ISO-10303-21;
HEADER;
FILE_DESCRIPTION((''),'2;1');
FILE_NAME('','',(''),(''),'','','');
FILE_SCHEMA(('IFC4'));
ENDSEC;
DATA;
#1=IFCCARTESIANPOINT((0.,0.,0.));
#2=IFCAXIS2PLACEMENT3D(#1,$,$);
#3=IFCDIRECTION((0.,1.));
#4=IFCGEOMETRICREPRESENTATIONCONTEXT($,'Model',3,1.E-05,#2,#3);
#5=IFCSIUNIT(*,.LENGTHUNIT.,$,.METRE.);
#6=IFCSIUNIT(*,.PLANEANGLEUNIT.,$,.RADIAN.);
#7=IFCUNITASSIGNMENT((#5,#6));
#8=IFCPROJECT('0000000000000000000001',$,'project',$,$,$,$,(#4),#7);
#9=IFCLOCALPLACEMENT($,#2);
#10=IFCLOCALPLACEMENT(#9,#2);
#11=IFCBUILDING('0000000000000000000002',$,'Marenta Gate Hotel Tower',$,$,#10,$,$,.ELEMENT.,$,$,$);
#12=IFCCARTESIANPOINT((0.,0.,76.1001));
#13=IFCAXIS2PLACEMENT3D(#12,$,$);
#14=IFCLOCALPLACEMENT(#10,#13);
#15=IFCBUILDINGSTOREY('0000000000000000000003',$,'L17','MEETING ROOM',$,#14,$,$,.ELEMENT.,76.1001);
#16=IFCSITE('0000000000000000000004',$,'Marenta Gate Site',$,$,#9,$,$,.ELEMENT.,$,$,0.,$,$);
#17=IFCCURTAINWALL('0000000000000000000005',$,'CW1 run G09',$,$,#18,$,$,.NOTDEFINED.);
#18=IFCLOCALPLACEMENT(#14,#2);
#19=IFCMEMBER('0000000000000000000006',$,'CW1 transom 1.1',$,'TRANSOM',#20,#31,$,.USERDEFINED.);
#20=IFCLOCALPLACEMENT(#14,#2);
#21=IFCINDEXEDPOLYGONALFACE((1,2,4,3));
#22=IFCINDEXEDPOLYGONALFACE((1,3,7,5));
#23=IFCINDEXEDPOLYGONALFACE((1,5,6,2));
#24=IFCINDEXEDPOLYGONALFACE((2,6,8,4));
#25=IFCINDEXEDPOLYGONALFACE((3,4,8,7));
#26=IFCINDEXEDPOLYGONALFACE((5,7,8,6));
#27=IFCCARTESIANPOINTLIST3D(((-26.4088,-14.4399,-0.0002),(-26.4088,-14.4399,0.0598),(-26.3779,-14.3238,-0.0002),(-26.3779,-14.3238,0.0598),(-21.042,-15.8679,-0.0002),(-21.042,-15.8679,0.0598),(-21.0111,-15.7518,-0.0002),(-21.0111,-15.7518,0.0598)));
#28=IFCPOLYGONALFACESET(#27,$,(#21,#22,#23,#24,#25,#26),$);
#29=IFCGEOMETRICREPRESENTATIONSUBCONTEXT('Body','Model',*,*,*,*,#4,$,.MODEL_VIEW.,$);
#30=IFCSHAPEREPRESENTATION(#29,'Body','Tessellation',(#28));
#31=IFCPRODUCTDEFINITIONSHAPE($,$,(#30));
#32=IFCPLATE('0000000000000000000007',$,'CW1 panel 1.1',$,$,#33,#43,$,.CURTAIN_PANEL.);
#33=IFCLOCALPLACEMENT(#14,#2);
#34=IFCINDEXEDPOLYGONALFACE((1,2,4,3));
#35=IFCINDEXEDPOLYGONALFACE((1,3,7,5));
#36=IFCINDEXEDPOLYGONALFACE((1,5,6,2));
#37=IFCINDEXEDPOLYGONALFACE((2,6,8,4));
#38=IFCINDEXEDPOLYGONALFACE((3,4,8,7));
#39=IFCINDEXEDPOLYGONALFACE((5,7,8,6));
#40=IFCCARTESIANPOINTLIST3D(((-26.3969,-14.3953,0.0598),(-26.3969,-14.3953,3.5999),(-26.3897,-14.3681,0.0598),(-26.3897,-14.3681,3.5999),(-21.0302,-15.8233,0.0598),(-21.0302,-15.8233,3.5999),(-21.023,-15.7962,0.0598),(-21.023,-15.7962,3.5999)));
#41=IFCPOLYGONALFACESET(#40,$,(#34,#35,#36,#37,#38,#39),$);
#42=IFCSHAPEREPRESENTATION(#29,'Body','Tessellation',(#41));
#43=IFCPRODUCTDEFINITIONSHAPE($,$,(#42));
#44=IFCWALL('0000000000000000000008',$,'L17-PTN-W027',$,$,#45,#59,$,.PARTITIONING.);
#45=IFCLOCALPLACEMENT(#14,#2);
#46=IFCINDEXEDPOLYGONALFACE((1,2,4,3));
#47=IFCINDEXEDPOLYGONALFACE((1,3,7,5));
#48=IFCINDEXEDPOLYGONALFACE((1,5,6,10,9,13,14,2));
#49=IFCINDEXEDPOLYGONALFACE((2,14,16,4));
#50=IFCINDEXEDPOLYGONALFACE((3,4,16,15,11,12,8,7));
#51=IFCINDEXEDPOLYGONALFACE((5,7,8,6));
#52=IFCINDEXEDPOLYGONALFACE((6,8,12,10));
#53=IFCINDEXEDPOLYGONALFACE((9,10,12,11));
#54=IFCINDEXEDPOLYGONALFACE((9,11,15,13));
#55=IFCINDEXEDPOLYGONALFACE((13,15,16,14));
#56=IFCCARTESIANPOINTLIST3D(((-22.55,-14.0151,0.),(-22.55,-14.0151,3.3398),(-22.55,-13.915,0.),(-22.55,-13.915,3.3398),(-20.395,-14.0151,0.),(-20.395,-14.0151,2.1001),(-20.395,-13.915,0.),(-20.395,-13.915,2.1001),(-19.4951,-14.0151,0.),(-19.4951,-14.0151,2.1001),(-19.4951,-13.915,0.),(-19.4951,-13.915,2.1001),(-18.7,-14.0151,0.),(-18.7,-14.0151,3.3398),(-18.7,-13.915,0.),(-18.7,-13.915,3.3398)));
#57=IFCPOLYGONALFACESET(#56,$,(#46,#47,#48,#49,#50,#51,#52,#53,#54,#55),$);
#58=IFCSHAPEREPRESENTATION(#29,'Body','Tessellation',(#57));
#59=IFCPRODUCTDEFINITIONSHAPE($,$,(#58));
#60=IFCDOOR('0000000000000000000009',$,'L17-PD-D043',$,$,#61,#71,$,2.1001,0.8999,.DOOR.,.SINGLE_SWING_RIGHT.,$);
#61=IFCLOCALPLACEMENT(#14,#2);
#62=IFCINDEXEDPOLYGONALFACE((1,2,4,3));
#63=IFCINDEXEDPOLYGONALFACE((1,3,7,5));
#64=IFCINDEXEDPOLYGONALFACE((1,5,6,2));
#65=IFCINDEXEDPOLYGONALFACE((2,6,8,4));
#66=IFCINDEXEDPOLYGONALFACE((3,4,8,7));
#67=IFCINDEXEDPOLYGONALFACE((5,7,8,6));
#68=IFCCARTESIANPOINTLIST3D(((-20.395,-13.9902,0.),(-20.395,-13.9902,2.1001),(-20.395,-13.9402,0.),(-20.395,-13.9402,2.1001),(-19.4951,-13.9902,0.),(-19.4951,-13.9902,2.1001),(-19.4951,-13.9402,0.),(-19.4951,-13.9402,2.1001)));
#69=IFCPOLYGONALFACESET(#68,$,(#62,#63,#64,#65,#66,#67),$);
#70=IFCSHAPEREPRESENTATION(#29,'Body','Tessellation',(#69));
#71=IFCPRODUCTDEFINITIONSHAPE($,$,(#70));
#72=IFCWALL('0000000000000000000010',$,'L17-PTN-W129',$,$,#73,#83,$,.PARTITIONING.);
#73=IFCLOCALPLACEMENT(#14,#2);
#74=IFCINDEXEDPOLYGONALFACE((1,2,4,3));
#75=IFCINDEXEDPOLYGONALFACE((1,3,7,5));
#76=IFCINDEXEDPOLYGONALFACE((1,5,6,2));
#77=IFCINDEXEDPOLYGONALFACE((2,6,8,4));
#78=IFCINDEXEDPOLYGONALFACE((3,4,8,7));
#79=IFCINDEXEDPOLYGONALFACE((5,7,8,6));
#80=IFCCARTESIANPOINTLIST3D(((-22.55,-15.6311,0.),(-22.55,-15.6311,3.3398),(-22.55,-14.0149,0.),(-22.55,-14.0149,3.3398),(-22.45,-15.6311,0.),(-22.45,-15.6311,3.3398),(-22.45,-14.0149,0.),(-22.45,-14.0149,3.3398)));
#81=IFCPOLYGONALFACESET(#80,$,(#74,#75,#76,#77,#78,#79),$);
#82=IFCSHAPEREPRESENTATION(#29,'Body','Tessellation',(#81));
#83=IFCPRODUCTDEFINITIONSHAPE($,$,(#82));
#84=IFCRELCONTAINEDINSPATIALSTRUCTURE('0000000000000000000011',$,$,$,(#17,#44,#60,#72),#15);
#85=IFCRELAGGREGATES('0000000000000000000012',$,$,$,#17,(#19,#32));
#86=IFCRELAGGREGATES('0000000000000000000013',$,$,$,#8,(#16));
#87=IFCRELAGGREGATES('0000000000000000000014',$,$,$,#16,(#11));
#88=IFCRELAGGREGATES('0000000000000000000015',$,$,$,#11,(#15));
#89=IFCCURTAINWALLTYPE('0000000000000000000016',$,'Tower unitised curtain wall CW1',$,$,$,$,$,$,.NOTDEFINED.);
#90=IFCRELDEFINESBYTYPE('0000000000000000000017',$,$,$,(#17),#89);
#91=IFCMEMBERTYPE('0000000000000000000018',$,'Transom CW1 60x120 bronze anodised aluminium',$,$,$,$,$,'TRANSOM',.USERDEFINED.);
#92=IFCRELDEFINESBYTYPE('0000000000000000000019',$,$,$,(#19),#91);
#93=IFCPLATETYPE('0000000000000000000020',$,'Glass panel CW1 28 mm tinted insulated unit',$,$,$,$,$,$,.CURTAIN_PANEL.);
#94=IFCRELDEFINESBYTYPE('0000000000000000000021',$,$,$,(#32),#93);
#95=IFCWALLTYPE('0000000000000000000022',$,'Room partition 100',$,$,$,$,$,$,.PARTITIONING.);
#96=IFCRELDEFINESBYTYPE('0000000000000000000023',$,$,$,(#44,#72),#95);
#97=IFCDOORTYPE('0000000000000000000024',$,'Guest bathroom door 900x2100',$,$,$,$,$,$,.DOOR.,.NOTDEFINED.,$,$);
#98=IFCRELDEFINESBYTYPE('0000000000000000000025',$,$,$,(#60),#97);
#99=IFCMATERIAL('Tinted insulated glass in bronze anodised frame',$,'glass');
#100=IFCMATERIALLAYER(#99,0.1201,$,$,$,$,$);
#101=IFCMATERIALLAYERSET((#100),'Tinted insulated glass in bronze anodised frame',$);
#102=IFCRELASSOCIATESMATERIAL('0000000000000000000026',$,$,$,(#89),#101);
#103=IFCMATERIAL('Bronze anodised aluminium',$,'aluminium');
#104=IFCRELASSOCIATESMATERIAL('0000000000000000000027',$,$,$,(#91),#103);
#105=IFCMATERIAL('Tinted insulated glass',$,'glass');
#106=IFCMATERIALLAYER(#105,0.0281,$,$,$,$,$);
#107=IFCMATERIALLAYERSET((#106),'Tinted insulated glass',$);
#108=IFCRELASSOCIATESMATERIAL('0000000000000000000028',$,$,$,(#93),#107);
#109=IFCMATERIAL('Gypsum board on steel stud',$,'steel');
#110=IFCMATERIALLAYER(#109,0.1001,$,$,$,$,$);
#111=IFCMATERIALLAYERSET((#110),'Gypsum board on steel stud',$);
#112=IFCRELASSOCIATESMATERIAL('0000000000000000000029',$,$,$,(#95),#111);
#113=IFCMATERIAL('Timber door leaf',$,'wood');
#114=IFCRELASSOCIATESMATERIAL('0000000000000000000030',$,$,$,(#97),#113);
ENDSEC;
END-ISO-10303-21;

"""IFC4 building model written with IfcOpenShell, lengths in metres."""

from ifc_helpers import new_model, si_unit, direction, frame, frame_2d, origin, origin_2d, place, context, subcontext, project, spatial, rectangle, extrude, material, layer, layer_set, material_profile, profile_set, type_object, element, fill, aggregate, save


model = new_model("IFC4")

# Units and contexts
model_context = context("Model", 3, precision=1e-05, world=origin(), true_north=direction((0.0, 1.0)))
body_context = subcontext(model_context, "Body", "Model", "MODEL_VIEW")
ifc_project = project(units=[si_unit("LENGTHUNIT", "METRE"), si_unit("PLANEANGLEUNIT", "RADIAN")], contexts=[model_context])

# Site, building, storey
site_placement = place(None, origin())
site = spatial("IfcSite", under=ifc_project, at=site_placement, Name="Marenta Gate Site", CompositionType="ELEMENT", RefElevation=0.0)
building_placement = place(site_placement, origin())
building = spatial("IfcBuilding", under=site, at=building_placement, Name="Marenta Gate Hotel Tower", CompositionType="ELEMENT")
storey_placement = place(building_placement, frame((0.0, 0.0, 76.1001)))
storey = spatial("IfcBuildingStorey", under=building, at=storey_placement, Name="L17", Description="MEETING ROOM", CompositionType="ELEMENT", Elevation=76.1001)

# Curtain wall, member, plate
ifc_material_1 = material(Name="Tinted insulated glass in bronze anodised frame", Category="glass")
ifc_layer_1 = layer(ifc_material_1, 0.1201)
ifc_layer_set_1 = layer_set([ifc_layer_1], Name="Tinted insulated glass in bronze anodised frame")
curtain_wall_type = type_object("IfcCurtainWallType", Name="Tower unitised curtain wall CW1", PredefinedType="NOTDEFINED", material=ifc_layer_set_1)
curtain_wall_placement = place(storey_placement, origin())
curtain_wall = element("IfcCurtainWall", 1, at=curtain_wall_placement, inside=storey, type_object=curtain_wall_type, Name="CW1 run G09", PredefinedType="NOTDEFINED")
ifc_material_2 = material(Name="Bronze anodised aluminium", Category="aluminium")
ifc_material_profile_1 = material_profile(ifc_material_2, rectangle(XDim=0.1201, YDim=0.0601, at=origin_2d()), Name="Transom CW1 60x120 bronze anodised aluminium")
ifc_profile_set_1 = profile_set([ifc_material_profile_1], Name="Bronze anodised aluminium")
member_type_1 = type_object("IfcMemberType", Name="Transom CW1 60x120 bronze anodised aluminium", ElementType="TRANSOM", PredefinedType="USERDEFINED", material=ifc_profile_set_1)
member_1_placement = place(storey_placement, frame((-26.3933, -14.3818, 0.0298), z_axis=(0.966376, -0.257135, 0.0), x_axis=(0.257135, 0.966376, 0.0)))
member_1 = element("IfcMember", 2, at=member_1_placement, type_object=member_type_1, Name="CW1 transom 1.1", ObjectType="TRANSOM", PredefinedType="USERDEFINED", context=body_context, shape_type="SweptSolid", body=[
    extrude(rectangle(XDim=0.1201, YDim=0.0601, at=origin_2d()), origin(), (0.0, 0.0, 1.0), 5.5535),
])
ifc_material_3 = material(Name="Tinted insulated glass", Category="glass")
ifc_layer_2 = layer(ifc_material_3, 0.0281)
ifc_layer_set_2 = layer_set([ifc_layer_2], Name="Tinted insulated glass")
plate_type = type_object("IfcPlateType", Name="Glass panel CW1 28 mm tinted insulated unit", PredefinedType="CURTAIN_PANEL", material=ifc_layer_set_2)
plate_placement = place(storey_placement, frame((-23.71, -15.0957, 0.0598), z_axis=(0.0, 0.0, 1.0), x_axis=(0.966374, -0.257142, 0.0)))
plate = element("IfcPlate", 3, at=plate_placement, type_object=plate_type, Name="CW1 panel 1.1", PredefinedType="CURTAIN_PANEL", context=body_context, shape_type="SweptSolid", body=[
    extrude(rectangle(XDim=5.5535, YDim=0.0281, at=origin_2d()), origin(), (0.0, 0.0, 1.0), 3.54),
])
aggregate(curtain_wall, [member_1, plate])

# Wall, opening, door
ifc_material_4 = material(Name="Gypsum board on steel stud", Category="steel")
ifc_layer_3 = layer(ifc_material_4, 0.1001)
ifc_layer_set_3 = layer_set([ifc_layer_3], Name="Gypsum board on steel stud")
wall_type = type_object("IfcWallType", Name="Room partition 100", PredefinedType="PARTITIONING", material=ifc_layer_set_3)
wall_1_placement = place(storey_placement, frame((-22.55, -13.9651, 0.0), z_axis=(0.0, 0.0, 1.0), x_axis=(1.0, 0.0, 0.0)))
wall_1 = element("IfcWall", 4, at=wall_1_placement, inside=storey, type_object=wall_type, Name="L17-PTN-W027", PredefinedType="PARTITIONING", context=body_context, shape_type="SweptSolid", body=[
    extrude(rectangle(XDim=3.8501, YDim=0.1001, at=frame_2d((1.925, 0.0))), origin(), (0.0, 0.0, 1.0), 3.3398),
])
opening_placement = place(wall_1_placement, frame((2.155, 0.0, 0.0)))
opening = element("IfcOpeningElement", 5, at=opening_placement, cuts=wall_1, PredefinedType="OPENING", context=body_context, shape_type="SweptSolid", body=[
    extrude(rectangle(XDim=0.8999, YDim=2.1001, at=frame_2d((0.45, 1.05))), frame((0.0, 0.05, 0.0), z_axis=(0.0, -1.0, 0.0), x_axis=(1.0, 0.0, 0.0)), (0.0, 0.0, 1.0), 0.1001),
])
ifc_material_5 = material(Name="Timber door leaf", Category="wood")
door_type = type_object("IfcDoorType", Name="Guest bathroom door 900x2100", OperationType="NOTDEFINED", PredefinedType="DOOR", material=ifc_material_5)
door_placement = place(opening_placement, origin())
door = element("IfcDoor", 6, at=door_placement, inside=storey, type_object=door_type, Name="L17-PD-D043", OperationType="SINGLE_SWING_RIGHT", OverallHeight=2.1001, OverallWidth=0.8999, PredefinedType="DOOR", context=body_context, shape_type="SweptSolid", body=[
    extrude(rectangle(XDim=0.8999, YDim=2.1001, at=frame_2d((0.45, 1.05))), frame((0.0, 0.0249, 0.0), z_axis=(0.0, -1.0, 0.0), x_axis=(1.0, 0.0, 0.0)), (0.0, 0.0, 1.0), 0.05),
])
fill(opening, door)

# Wall
wall_2_placement = place(storey_placement, frame((-22.5, -15.6311, 0.0), z_axis=(0.0, 0.0, 1.0), x_axis=(0.0, 1.0, 0.0)))
element("IfcWall", 7, at=wall_2_placement, inside=storey, type_object=wall_type, Name="L17-PTN-W129", PredefinedType="PARTITIONING", context=body_context, shape_type="SweptSolid", body=[
    extrude(rectangle(XDim=1.6162, YDim=0.1001, at=frame_2d((0.8081, 0.0))), origin(), (0.0, 0.0, 1.0), 3.3398),
])

save(model, "model.ifc")
